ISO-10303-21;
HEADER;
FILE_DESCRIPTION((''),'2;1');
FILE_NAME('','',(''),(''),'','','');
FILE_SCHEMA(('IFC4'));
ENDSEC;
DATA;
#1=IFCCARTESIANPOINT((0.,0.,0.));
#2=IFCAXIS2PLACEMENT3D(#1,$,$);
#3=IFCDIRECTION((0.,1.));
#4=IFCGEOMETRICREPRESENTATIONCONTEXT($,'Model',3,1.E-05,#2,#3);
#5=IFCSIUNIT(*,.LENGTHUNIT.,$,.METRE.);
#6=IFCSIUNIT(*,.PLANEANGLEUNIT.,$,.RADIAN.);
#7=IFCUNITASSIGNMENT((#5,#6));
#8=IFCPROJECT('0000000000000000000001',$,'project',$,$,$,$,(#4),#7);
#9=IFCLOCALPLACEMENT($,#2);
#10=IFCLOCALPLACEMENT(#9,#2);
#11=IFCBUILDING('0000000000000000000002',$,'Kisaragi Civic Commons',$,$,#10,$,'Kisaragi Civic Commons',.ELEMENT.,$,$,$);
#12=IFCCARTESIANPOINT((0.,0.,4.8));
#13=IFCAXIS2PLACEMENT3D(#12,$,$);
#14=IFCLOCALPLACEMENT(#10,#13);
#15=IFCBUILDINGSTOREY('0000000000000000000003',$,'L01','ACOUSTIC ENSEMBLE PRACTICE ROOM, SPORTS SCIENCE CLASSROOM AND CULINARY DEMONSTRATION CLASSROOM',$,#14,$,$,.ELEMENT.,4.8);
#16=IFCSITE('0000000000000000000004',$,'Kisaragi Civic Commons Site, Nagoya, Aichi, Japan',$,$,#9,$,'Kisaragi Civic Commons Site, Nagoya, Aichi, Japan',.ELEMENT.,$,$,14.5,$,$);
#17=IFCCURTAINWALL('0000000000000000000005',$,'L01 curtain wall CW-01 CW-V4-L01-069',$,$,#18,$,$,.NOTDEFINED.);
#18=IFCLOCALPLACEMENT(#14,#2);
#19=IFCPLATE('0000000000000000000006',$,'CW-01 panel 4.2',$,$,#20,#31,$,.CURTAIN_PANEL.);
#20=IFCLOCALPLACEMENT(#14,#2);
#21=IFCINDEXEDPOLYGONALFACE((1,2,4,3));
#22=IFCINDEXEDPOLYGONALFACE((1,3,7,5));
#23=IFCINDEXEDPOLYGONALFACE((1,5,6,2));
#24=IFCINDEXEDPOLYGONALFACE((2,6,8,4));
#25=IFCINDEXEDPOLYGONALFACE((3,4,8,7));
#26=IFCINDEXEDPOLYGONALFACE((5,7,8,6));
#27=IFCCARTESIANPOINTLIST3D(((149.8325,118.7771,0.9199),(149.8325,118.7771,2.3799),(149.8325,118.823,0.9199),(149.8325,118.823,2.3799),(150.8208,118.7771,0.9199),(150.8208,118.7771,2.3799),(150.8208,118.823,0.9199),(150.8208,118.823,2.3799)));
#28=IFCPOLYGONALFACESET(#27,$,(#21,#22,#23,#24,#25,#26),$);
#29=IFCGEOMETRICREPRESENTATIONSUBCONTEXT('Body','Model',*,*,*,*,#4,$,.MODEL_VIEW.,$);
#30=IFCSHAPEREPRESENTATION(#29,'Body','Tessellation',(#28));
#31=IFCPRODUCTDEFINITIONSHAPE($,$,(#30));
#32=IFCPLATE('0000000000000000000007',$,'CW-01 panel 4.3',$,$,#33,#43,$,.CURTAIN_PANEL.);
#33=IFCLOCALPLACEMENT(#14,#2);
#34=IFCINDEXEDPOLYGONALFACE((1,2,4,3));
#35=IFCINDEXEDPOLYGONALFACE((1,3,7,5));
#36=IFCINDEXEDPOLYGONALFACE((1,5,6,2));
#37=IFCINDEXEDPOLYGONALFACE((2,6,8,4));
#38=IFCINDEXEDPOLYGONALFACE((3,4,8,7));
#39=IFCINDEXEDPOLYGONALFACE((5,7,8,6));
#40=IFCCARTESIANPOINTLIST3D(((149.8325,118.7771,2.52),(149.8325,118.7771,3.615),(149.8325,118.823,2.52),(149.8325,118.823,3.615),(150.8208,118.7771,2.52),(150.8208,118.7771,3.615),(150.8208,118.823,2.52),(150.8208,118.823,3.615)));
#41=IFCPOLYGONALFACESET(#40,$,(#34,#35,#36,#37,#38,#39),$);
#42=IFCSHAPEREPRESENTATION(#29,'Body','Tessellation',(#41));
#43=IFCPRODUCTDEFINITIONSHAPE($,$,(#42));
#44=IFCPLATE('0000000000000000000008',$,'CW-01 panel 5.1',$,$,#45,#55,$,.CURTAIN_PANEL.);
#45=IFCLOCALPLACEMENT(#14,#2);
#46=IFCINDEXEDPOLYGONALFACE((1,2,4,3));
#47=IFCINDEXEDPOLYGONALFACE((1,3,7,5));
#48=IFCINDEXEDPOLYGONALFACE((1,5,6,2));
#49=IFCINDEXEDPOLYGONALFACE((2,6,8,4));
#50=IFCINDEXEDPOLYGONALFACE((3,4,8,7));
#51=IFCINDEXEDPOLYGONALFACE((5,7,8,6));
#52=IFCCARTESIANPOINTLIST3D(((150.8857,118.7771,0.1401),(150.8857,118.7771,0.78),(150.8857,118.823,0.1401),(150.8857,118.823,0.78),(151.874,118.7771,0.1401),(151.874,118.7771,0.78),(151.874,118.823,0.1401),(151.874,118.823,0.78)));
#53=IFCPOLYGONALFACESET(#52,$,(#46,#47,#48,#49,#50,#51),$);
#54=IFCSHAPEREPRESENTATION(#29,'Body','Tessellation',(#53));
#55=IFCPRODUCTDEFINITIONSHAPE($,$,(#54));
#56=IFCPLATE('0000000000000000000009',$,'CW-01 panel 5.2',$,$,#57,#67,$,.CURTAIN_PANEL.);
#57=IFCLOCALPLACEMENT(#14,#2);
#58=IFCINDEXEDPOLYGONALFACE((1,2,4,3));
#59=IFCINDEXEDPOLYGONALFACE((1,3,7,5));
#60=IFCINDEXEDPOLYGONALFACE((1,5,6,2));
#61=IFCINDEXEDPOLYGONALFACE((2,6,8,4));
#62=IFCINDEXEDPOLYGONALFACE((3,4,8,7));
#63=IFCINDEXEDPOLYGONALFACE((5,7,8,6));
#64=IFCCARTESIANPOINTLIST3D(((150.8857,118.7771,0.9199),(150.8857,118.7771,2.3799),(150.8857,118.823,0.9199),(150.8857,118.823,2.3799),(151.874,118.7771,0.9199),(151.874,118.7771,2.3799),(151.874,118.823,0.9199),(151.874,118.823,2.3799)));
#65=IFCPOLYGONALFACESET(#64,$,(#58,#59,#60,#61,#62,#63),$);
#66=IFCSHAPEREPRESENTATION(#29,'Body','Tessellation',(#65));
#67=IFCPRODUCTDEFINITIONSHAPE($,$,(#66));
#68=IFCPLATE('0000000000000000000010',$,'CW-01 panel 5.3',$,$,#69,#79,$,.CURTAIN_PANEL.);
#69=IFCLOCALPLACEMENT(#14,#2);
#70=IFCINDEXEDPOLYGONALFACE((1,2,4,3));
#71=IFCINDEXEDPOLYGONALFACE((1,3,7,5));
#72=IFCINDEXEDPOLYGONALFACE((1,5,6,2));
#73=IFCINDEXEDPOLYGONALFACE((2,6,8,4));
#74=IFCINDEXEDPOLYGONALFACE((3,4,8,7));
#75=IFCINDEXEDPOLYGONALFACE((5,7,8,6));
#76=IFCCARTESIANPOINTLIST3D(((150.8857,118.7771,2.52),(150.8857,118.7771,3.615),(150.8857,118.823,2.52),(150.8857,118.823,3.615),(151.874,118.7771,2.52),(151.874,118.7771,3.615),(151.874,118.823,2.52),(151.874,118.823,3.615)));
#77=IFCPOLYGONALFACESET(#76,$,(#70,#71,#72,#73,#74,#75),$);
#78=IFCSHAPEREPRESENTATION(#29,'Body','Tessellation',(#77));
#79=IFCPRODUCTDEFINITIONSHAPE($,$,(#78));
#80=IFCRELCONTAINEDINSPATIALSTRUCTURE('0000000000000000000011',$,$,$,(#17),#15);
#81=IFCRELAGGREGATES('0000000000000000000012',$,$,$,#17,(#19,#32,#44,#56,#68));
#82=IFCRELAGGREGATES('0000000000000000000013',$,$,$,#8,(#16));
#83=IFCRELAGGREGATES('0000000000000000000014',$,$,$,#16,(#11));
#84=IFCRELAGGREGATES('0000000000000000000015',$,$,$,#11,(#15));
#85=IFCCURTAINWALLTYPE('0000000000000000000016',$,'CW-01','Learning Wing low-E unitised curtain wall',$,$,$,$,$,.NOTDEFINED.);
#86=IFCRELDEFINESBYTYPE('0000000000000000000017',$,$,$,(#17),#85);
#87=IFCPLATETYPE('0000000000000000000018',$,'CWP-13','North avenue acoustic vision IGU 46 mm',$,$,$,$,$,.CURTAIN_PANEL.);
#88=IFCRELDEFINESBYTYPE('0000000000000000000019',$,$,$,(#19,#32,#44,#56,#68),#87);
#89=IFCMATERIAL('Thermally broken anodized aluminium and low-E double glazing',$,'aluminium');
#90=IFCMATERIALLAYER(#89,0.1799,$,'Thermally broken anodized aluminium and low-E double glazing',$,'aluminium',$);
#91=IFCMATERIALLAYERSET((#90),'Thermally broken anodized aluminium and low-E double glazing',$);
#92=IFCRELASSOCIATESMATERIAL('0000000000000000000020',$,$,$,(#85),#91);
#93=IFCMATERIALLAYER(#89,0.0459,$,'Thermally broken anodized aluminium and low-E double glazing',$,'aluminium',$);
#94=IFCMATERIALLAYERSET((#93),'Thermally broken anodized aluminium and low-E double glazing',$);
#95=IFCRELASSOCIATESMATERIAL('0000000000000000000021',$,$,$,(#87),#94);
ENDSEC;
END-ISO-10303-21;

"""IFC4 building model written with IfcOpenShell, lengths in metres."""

from ifc_helpers import new_model, si_unit, direction, frame, origin, origin_2d, place, context, subcontext, project, spatial, rectangle, extrude, material, layer, layer_set, type_object, element, aggregate, save


model = new_model("IFC4")

# Units and contexts
model_context = context("Model", 3, precision=1e-05, world=origin(), true_north=direction((0.0, 1.0)))
body_context = subcontext(model_context, "Body", "Model", "MODEL_VIEW")
ifc_project = project(units=[si_unit("LENGTHUNIT", "METRE"), si_unit("PLANEANGLEUNIT", "RADIAN")], contexts=[model_context])

# Site, building, storey
site_placement = place(None, origin())
site = spatial("IfcSite", under=ifc_project, at=site_placement, Name="Kisaragi Civic Commons Site, Nagoya, Aichi, Japan", LongName="Kisaragi Civic Commons Site, Nagoya, Aichi, Japan", CompositionType="ELEMENT", RefElevation=14.5)
building_placement = place(site_placement, origin())
building = spatial("IfcBuilding", under=site, at=building_placement, Name="Kisaragi Civic Commons", LongName="Kisaragi Civic Commons", CompositionType="ELEMENT")
storey_placement = place(building_placement, frame((0.0, 0.0, 4.8)))
storey = spatial("IfcBuildingStorey", under=building, at=storey_placement, Name="L01", Description="ACOUSTIC ENSEMBLE PRACTICE ROOM, SPORTS SCIENCE CLASSROOM AND CULINARY DEMONSTRATION CLASSROOM", CompositionType="ELEMENT", Elevation=4.8)

# Curtain wall, plates
ifc_material = material(Name="Thermally broken anodized aluminium and low-E double glazing", Category="aluminium")
ifc_layer_1 = layer(ifc_material, 0.1799, Name="Thermally broken anodized aluminium and low-E double glazing", Category="aluminium")
ifc_layer_set_1 = layer_set([ifc_layer_1], Name="Thermally broken anodized aluminium and low-E double glazing")
curtain_wall_type = type_object("IfcCurtainWallType", Name="CW-01", Description="Learning Wing low-E unitised curtain wall", PredefinedType="NOTDEFINED", material=ifc_layer_set_1)
curtain_wall_placement = place(storey_placement, origin())
curtain_wall = element("IfcCurtainWall", 1, at=curtain_wall_placement, inside=storey, type_object=curtain_wall_type, Name="L01 curtain wall CW-01 CW-V4-L01-069", PredefinedType="NOTDEFINED")
ifc_layer_2 = layer(ifc_material, 0.0459, Name="Thermally broken anodized aluminium and low-E double glazing", Category="aluminium")
ifc_layer_set_2 = layer_set([ifc_layer_2], Name="Thermally broken anodized aluminium and low-E double glazing")
plate_type = type_object("IfcPlateType", Name="CWP-13", Description="North avenue acoustic vision IGU 46 mm", PredefinedType="CURTAIN_PANEL", material=ifc_layer_set_2)
plate_1_placement = place(storey_placement, frame((150.3267, 118.8, 0.9199), z_axis=(0.0, 0.0, 1.0), x_axis=(1.0, 0.0, 0.0)))
plate_1 = element("IfcPlate", 2, at=plate_1_placement, type_object=plate_type, Name="CW-01 panel 4.2", PredefinedType="CURTAIN_PANEL", context=body_context, shape_type="SweptSolid", body=[
    extrude(rectangle(XDim=0.9883, YDim=0.0459, at=origin_2d()), origin(), (0.0, 0.0, 1.0), 1.46),
])
plate_2_placement = place(storey_placement, frame((150.3267, 118.8, 2.52), z_axis=(0.0, 0.0, 1.0), x_axis=(1.0, 0.0, 0.0)))
plate_2 = element("IfcPlate", 3, at=plate_2_placement, type_object=plate_type, Name="CW-01 panel 4.3", PredefinedType="CURTAIN_PANEL", context=body_context, shape_type="SweptSolid", body=[
    extrude(rectangle(XDim=0.9883, YDim=0.0459, at=origin_2d()), origin(), (0.0, 0.0, 1.0), 1.095),
])
plate_3_placement = place(storey_placement, frame((151.3799, 118.8, 0.1401), z_axis=(0.0, 0.0, 1.0), x_axis=(1.0, 0.0, 0.0)))
plate_3 = element("IfcPlate", 4, at=plate_3_placement, type_object=plate_type, Name="CW-01 panel 5.1", PredefinedType="CURTAIN_PANEL", context=body_context, shape_type="SweptSolid", body=[
    extrude(rectangle(XDim=0.9883, YDim=0.0459, at=origin_2d()), origin(), (0.0, 0.0, 1.0), 0.6399),
])
plate_4_placement = place(storey_placement, frame((151.3799, 118.8, 0.9199), z_axis=(0.0, 0.0, 1.0), x_axis=(1.0, 0.0, 0.0)))
plate_4 = element("IfcPlate", 5, at=plate_4_placement, type_object=plate_type, Name="CW-01 panel 5.2", PredefinedType="CURTAIN_PANEL", context=body_context, shape_type="SweptSolid", body=[
    extrude(rectangle(XDim=0.9883, YDim=0.0459, at=origin_2d()), origin(), (0.0, 0.0, 1.0), 1.46),
])
plate_5_placement = place(storey_placement, frame((151.3799, 118.8, 2.52), z_axis=(0.0, 0.0, 1.0), x_axis=(1.0, 0.0, 0.0)))
plate_5 = element("IfcPlate", 6, at=plate_5_placement, type_object=plate_type, Name="CW-01 panel 5.3", PredefinedType="CURTAIN_PANEL", context=body_context, shape_type="SweptSolid", body=[
    extrude(rectangle(XDim=0.9883, YDim=0.0459, at=origin_2d()), origin(), (0.0, 0.0, 1.0), 1.095),
])
aggregate(curtain_wall, [plate_1, plate_2, plate_3, plate_4, plate_5])

save(model, "model.ifc")
